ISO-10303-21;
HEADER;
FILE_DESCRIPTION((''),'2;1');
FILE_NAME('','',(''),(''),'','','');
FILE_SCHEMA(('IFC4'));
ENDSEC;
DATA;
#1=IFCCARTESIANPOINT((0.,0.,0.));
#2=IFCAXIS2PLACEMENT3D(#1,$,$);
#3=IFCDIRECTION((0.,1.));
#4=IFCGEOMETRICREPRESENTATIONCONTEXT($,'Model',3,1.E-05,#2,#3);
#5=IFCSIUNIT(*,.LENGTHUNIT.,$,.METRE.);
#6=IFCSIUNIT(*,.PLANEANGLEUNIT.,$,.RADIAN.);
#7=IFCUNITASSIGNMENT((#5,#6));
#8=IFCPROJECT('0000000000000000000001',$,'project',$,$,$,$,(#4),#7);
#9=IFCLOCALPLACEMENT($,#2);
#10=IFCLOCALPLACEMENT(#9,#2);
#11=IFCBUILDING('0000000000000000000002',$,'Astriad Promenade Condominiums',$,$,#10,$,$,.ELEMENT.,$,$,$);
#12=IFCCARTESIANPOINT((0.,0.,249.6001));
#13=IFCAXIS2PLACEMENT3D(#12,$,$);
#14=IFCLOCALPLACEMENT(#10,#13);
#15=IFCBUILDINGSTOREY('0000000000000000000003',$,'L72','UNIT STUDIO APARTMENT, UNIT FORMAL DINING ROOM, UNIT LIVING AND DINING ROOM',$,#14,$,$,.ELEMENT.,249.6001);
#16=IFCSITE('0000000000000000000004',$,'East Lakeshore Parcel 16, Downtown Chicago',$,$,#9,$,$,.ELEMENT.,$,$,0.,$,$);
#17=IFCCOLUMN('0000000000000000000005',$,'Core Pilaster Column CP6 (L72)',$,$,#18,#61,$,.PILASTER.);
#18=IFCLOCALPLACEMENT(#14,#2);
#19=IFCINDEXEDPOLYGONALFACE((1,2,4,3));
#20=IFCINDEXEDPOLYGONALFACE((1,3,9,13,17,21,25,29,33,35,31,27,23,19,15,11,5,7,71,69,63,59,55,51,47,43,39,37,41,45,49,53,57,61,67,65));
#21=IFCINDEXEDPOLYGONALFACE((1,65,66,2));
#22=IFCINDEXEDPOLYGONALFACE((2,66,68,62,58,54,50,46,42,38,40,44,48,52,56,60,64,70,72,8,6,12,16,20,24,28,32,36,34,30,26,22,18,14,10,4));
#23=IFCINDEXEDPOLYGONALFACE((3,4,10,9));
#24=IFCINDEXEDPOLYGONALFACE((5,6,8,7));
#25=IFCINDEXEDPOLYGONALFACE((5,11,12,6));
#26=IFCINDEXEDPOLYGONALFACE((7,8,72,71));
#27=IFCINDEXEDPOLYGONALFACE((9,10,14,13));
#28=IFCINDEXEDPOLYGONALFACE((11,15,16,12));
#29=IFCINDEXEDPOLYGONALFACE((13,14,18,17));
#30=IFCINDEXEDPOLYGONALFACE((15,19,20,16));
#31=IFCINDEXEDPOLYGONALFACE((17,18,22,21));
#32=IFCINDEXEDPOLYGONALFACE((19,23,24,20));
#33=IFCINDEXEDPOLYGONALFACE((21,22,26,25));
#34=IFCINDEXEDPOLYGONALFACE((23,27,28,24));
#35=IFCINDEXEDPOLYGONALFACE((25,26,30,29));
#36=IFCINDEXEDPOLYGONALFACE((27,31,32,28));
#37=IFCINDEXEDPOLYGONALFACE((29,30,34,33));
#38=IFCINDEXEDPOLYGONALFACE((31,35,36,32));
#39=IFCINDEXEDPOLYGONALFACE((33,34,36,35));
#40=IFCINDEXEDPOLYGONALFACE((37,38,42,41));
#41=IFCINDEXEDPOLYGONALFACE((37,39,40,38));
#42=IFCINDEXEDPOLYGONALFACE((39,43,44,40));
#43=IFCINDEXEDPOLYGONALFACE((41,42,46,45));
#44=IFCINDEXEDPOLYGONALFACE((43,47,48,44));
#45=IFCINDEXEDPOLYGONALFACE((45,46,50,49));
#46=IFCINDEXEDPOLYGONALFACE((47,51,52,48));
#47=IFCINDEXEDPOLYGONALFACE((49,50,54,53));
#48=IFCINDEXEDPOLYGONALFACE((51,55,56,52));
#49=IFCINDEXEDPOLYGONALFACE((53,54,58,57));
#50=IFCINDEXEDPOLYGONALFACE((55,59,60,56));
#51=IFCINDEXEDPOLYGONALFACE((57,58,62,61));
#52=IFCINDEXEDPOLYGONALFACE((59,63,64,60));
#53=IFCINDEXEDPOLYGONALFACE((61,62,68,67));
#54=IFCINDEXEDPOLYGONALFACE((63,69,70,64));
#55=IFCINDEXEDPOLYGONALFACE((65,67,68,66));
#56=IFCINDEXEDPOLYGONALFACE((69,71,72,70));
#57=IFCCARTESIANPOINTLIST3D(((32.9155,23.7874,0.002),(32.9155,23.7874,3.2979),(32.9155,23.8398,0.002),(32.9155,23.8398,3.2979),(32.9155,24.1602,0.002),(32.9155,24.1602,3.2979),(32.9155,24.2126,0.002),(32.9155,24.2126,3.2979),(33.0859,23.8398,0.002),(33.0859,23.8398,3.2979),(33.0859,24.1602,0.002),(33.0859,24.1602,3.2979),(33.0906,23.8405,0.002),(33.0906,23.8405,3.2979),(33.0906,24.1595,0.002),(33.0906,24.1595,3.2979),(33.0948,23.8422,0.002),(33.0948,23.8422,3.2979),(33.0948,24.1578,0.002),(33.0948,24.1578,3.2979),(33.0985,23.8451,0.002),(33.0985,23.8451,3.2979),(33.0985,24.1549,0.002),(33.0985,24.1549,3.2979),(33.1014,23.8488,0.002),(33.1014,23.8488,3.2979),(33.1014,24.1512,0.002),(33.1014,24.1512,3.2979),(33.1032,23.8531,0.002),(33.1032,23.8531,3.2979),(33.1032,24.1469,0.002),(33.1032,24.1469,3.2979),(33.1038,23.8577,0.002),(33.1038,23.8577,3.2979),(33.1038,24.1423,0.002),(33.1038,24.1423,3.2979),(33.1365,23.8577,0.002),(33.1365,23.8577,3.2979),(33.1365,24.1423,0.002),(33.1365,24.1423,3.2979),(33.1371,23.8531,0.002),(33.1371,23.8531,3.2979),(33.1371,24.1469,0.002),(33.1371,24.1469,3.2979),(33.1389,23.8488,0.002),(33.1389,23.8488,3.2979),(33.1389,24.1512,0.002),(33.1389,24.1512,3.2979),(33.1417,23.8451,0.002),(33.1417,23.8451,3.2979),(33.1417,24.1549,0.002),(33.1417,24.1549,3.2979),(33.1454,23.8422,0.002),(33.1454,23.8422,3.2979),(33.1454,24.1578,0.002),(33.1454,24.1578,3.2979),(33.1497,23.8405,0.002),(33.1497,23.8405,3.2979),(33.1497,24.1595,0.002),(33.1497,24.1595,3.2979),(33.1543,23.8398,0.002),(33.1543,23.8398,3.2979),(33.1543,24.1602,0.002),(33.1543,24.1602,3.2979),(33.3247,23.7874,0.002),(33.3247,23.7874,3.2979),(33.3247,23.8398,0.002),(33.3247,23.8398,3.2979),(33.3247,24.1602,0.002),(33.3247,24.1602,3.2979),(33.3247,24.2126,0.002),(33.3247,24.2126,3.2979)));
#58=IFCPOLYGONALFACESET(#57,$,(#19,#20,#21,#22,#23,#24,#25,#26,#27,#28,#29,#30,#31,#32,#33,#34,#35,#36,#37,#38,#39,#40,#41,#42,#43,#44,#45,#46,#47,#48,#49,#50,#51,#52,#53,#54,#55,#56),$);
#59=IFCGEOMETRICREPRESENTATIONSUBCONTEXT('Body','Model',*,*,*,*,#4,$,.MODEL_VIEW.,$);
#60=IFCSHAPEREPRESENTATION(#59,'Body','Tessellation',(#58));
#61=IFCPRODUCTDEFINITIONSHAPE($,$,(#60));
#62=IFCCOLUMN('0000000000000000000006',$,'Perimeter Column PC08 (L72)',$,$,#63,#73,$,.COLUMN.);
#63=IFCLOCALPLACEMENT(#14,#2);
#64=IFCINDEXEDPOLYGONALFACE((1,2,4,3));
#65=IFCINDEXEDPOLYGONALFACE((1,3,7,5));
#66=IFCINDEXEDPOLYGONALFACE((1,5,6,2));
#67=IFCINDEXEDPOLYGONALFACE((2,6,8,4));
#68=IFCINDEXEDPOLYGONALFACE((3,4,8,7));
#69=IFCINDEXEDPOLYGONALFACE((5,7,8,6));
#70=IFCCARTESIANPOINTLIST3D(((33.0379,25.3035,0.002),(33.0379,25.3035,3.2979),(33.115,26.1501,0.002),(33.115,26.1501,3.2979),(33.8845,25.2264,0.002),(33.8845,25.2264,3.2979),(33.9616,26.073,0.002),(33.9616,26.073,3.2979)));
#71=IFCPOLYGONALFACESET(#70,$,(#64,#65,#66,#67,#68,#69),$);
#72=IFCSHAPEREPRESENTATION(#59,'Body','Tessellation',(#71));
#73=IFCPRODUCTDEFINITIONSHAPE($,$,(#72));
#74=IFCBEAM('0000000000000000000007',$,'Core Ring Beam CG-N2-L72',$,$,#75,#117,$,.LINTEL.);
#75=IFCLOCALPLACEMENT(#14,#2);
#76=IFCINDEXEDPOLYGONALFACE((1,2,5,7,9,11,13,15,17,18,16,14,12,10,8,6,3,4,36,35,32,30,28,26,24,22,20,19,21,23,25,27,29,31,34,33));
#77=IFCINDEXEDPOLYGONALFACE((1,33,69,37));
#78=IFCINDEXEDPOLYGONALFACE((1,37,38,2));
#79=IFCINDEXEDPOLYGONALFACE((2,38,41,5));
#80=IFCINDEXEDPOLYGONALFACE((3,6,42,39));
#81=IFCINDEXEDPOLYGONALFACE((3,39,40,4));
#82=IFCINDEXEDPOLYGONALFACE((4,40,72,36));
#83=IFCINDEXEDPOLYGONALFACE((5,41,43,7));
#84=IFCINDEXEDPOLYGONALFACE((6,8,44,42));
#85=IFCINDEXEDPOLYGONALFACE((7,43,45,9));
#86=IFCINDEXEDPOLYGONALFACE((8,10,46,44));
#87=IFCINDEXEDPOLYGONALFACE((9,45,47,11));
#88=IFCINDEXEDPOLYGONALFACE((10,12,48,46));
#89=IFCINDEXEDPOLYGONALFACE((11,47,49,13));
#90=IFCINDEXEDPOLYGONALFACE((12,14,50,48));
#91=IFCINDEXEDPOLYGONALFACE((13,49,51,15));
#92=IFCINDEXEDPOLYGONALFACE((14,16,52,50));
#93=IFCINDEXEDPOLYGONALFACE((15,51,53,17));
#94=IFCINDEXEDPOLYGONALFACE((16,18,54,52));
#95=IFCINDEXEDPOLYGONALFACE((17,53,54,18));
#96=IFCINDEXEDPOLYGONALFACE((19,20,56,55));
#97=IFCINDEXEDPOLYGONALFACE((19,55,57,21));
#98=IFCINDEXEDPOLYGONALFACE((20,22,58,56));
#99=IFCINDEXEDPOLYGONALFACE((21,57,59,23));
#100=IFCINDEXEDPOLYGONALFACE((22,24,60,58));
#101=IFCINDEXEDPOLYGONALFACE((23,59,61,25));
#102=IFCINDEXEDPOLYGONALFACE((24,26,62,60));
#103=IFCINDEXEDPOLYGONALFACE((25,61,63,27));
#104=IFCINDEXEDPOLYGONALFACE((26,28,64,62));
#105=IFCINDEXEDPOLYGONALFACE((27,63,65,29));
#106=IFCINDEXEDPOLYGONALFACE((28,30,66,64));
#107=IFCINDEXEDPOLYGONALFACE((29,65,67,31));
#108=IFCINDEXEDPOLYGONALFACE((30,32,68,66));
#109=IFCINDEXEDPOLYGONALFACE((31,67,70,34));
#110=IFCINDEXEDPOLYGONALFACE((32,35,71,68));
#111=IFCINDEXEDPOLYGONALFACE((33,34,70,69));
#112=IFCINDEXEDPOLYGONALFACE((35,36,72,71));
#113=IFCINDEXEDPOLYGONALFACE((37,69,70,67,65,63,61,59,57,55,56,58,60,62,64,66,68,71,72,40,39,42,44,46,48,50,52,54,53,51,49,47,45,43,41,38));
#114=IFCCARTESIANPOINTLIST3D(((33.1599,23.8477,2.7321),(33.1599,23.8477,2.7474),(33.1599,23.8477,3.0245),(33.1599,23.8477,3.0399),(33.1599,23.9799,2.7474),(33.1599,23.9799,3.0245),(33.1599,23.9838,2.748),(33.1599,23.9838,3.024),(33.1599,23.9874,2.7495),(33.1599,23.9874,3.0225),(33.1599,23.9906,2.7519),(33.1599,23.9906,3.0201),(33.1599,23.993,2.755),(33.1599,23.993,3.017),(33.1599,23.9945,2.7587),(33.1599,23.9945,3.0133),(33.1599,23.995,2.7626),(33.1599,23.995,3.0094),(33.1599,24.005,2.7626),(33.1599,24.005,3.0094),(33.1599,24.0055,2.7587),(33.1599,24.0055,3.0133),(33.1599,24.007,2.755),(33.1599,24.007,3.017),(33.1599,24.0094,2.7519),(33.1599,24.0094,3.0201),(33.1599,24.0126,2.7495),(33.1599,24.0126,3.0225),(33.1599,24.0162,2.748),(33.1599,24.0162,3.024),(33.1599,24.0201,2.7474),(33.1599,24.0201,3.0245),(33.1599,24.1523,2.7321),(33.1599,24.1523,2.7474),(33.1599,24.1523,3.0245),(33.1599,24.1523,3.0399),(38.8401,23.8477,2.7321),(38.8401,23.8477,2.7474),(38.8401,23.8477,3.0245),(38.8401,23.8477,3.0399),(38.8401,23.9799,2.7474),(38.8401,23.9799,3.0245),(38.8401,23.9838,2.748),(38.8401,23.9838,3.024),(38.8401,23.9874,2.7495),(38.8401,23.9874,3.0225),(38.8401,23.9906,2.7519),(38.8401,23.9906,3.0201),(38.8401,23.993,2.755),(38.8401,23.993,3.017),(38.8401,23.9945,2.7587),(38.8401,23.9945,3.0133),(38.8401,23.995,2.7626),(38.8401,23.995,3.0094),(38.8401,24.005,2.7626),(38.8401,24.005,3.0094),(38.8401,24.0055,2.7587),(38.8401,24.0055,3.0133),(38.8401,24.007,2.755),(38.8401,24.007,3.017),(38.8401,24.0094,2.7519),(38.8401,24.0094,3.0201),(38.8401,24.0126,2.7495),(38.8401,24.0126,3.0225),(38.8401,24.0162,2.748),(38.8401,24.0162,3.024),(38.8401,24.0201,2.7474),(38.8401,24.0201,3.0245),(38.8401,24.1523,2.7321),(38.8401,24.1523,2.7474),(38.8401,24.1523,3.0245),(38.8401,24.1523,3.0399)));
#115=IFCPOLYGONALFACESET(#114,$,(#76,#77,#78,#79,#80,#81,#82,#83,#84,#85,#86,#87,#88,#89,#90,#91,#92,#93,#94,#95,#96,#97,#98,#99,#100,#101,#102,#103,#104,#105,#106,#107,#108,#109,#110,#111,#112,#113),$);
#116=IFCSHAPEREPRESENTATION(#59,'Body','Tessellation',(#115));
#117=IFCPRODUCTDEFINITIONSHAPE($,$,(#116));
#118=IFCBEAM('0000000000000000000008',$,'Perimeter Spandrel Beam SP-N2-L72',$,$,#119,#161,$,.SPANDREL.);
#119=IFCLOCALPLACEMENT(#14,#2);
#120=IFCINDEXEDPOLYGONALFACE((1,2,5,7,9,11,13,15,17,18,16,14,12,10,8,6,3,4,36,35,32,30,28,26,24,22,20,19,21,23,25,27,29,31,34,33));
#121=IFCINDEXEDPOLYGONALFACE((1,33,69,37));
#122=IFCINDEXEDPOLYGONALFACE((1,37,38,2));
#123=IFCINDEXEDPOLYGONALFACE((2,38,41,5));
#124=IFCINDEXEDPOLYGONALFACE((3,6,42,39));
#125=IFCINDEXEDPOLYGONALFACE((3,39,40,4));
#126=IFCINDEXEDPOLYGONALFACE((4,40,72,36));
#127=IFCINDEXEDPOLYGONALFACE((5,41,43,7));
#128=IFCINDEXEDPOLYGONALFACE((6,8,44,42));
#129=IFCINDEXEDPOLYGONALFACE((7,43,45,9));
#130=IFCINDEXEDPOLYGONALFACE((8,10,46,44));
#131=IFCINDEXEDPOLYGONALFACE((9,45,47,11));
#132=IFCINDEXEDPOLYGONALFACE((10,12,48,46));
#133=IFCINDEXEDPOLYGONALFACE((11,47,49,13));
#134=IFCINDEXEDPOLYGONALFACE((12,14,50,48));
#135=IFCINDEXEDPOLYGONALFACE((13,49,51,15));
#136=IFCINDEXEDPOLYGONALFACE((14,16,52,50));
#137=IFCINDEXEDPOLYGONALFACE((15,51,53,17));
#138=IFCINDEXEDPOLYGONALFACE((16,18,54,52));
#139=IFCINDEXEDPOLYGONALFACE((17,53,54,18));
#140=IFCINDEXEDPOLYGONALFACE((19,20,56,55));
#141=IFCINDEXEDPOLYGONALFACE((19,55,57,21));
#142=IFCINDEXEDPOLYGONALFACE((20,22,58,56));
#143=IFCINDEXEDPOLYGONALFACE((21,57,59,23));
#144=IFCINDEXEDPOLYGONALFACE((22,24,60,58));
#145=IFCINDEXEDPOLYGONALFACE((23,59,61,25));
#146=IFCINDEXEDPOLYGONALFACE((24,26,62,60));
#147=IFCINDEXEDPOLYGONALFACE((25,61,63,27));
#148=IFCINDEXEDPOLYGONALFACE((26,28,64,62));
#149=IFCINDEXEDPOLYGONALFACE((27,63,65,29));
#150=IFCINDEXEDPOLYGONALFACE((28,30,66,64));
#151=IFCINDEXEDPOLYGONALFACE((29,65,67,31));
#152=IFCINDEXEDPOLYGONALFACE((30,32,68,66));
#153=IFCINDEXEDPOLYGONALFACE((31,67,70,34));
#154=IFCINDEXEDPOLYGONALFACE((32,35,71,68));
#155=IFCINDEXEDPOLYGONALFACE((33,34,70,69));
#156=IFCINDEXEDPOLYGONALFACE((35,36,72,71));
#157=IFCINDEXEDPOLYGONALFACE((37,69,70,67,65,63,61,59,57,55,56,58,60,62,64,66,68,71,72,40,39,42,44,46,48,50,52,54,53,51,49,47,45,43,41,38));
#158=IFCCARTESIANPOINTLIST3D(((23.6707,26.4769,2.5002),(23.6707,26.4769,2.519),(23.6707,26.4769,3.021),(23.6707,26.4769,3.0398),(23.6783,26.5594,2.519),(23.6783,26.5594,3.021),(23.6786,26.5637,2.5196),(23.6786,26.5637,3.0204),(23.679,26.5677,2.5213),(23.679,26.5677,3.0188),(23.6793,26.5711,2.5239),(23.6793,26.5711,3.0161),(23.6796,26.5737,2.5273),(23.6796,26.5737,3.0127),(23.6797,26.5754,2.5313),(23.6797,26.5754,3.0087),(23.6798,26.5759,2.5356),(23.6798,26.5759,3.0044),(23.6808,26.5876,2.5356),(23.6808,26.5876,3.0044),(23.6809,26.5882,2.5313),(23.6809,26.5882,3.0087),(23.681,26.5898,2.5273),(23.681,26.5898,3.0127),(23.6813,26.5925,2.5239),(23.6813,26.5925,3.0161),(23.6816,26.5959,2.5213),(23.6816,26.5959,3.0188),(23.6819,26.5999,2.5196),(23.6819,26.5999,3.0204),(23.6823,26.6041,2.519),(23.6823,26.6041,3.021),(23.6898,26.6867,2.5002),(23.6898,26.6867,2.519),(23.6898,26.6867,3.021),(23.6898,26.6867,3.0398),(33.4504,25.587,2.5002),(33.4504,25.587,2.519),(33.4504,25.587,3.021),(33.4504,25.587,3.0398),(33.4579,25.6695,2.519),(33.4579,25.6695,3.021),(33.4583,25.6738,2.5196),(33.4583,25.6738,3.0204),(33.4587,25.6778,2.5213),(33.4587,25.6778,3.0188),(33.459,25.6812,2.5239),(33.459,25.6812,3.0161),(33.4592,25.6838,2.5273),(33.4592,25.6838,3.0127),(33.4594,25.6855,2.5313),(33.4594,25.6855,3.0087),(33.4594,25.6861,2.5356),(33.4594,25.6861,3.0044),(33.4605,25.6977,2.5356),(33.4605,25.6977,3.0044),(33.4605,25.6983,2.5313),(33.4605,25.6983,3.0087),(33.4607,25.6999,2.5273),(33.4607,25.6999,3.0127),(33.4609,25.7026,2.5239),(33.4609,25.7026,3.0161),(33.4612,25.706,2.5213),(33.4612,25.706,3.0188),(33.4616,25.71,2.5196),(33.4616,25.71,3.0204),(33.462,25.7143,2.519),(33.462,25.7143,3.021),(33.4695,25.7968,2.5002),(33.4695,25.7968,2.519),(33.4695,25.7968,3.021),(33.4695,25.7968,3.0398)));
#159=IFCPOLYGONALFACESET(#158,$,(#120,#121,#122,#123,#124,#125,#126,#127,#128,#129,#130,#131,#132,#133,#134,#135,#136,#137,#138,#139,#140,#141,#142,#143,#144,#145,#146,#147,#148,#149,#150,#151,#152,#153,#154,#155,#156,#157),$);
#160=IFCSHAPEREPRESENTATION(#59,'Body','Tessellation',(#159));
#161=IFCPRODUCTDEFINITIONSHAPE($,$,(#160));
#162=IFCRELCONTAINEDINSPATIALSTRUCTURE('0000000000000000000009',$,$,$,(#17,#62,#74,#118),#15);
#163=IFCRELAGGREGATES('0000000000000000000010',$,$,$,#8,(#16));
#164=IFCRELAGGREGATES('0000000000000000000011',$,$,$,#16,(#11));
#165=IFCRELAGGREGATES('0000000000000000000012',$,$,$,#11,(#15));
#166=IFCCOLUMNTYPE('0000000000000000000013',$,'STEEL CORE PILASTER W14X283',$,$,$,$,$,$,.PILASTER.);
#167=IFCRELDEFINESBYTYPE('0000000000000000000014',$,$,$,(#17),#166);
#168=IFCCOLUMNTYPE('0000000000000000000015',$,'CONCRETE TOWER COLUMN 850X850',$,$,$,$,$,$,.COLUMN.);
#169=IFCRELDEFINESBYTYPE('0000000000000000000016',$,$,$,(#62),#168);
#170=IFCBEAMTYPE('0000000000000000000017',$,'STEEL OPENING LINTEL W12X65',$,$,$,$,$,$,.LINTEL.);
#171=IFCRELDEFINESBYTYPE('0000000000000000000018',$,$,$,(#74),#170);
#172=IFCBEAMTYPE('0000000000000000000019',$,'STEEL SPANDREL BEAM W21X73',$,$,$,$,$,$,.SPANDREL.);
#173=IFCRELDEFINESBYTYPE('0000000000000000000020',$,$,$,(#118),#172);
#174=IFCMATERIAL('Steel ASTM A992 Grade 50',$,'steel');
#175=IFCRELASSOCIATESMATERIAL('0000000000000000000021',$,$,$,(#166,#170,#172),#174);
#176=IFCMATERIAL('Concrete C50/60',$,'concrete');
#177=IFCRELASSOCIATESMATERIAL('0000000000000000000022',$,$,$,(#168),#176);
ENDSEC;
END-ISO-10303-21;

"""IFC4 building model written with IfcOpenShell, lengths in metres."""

from ifc_helpers import new_model, si_unit, direction, frame, origin, origin_2d, place, context, subcontext, project, spatial, rectangle, i_section, extrude, source, transform, mapped, material, material_profile, profile_set, type_object, type_shapes, element, save


model = new_model("IFC4")

# Units and contexts
model_context = context("Model", 3, precision=1e-05, world=origin(), true_north=direction((0.0, 1.0)))
body_context = subcontext(model_context, "Body", "Model", "MODEL_VIEW")
ifc_project = project(units=[si_unit("LENGTHUNIT", "METRE"), si_unit("PLANEANGLEUNIT", "RADIAN")], contexts=[model_context])

# Site, building, storey
site_placement = place(None, origin())
site = spatial("IfcSite", under=ifc_project, at=site_placement, Name="East Lakeshore Parcel 16, Downtown Chicago", CompositionType="ELEMENT", RefElevation=0.0)
building_placement = place(site_placement, origin())
building = spatial("IfcBuilding", under=site, at=building_placement, Name="Astriad Promenade Condominiums", CompositionType="ELEMENT")
storey_placement = place(building_placement, frame((0.0, 0.0, 249.6001)))
storey = spatial("IfcBuildingStorey", under=building, at=storey_placement, Name="L72", Description="UNIT STUDIO APARTMENT, UNIT FORMAL DINING ROOM, UNIT LIVING AND DINING ROOM", CompositionType="ELEMENT", Elevation=249.6001)

# Columns
ifc_material_1 = material(Name="Steel ASTM A992 Grade 50", Category="steel")
ifc_material_profile_1 = material_profile(ifc_material_1, i_section(OverallWidth=0.4092, OverallDepth=0.4253, WebThickness=0.0327, FlangeThickness=0.0525, FilletRadius=0.0178, at=origin_2d()), Name="W14X283")
ifc_profile_set_1 = profile_set([ifc_material_profile_1], Name="Steel ASTM A992 Grade 50")
column_type_1 = type_object("IfcColumnType", Name="STEEL CORE PILASTER W14X283", PredefinedType="PILASTER", material=ifc_profile_set_1)
shared_shape_1 = source(origin(), body_context, "Body", "SweptSolid", [
    extrude(i_section(OverallWidth=0.4092, OverallDepth=0.4253, WebThickness=0.0327, FlangeThickness=0.0525, FilletRadius=0.0178, at=origin_2d()), origin(), (0.0, 0.0, 1.0), 3.2959),
])
type_shapes(column_type_1, [shared_shape_1])
column_1_placement = place(storey_placement, frame((33.1201, 24.0, 0.002), z_axis=(0.0, 0.0, 1.0), x_axis=(1.0, 0.0, 0.0)))
element("IfcColumn", 1, at=column_1_placement, inside=storey, type_object=column_type_1, Name="Core Pilaster Column CP6 (L72)", PredefinedType="PILASTER", context=body_context, shape_type="MappedRepresentation", body=[
    mapped(shared_shape_1, transform((0.0, 0.0, 0.0), scale=1.0)),
])
ifc_material_2 = material(Name="Concrete C50/60", Category="concrete")
ifc_material_profile_2 = material_profile(ifc_material_2, rectangle(XDim=0.8501, YDim=0.8501, at=origin_2d()), Name="RC-COL-850X850")
ifc_profile_set_2 = profile_set([ifc_material_profile_2], Name="Concrete C50/60")
column_type_2 = type_object("IfcColumnType", Name="CONCRETE TOWER COLUMN 850X850", PredefinedType="COLUMN", material=ifc_profile_set_2)
shared_shape_2 = source(origin(), body_context, "Body", "SweptSolid", [
    extrude(rectangle(XDim=0.8501, YDim=0.8501, at=origin_2d()), origin(), (0.0, 0.0, 1.0), 3.2959),
])
type_shapes(column_type_2, [shared_shape_2])
column_2_placement = place(storey_placement, frame((33.4998, 25.6882, 0.002), z_axis=(0.0, 0.0, 1.0), x_axis=(0.995884, -0.090633, 0.0)))
element("IfcColumn", 2, at=column_2_placement, inside=storey, type_object=column_type_2, Name="Perimeter Column PC08 (L72)", PredefinedType="COLUMN", context=body_context, shape_type="MappedRepresentation", body=[
    mapped(shared_shape_2, transform((0.0, 0.0, 0.0), scale=1.0)),
])

# Beams
ifc_material_profile_3 = material_profile(ifc_material_1, i_section(OverallWidth=0.3047, OverallDepth=0.3079, WebThickness=0.01, FlangeThickness=0.0154, FilletRadius=0.0151, at=origin_2d()), Name="W12X65")
ifc_profile_set_3 = profile_set([ifc_material_profile_3], Name="Steel ASTM A992 Grade 50")
beam_type_1 = type_object("IfcBeamType", Name="STEEL OPENING LINTEL W12X65", PredefinedType="LINTEL", material=ifc_profile_set_3)
shared_shape_3 = source(origin(), body_context, "Body", "SweptSolid", [
    extrude(i_section(OverallWidth=0.3047, OverallDepth=0.3079, WebThickness=0.01, FlangeThickness=0.0154, FilletRadius=0.0151, at=origin_2d()), origin(), (0.0, 0.0, 1.0), 5.6802),
])
type_shapes(beam_type_1, [shared_shape_3])
beam_1_placement = place(storey_placement, frame((33.1599, 24.0, 2.886), z_axis=(1.0, 0.0, 0.0), x_axis=(0.0, 1.0, 0.0)))
element("IfcBeam", 3, at=beam_1_placement, inside=storey, type_object=beam_type_1, Name="Core Ring Beam CG-N2-L72", PredefinedType="LINTEL", context=body_context, shape_type="MappedRepresentation", body=[
    mapped(shared_shape_3, transform((0.0, 0.0, 0.0), scale=1.0)),
])
ifc_material_profile_4 = material_profile(ifc_material_1, i_section(OverallWidth=0.2107, OverallDepth=0.5396, WebThickness=0.0117, FlangeThickness=0.0188, FilletRadius=0.0166, at=origin_2d()), Name="W21X73")
ifc_profile_set_4 = profile_set([ifc_material_profile_4], Name="Steel ASTM A992 Grade 50")
beam_type_2 = type_object("IfcBeamType", Name="STEEL SPANDREL BEAM W21X73", PredefinedType="SPANDREL", material=ifc_profile_set_4)
shared_shape_4 = source(origin(), body_context, "Body", "SweptSolid", [
    extrude(i_section(OverallWidth=0.2107, OverallDepth=0.5396, WebThickness=0.0117, FlangeThickness=0.0188, FilletRadius=0.0166, at=origin_2d()), origin(), (0.0, 0.0, 1.0), 9.8201),
])
type_shapes(beam_type_2, [shared_shape_4])
beam_2_placement = place(storey_placement, frame((33.46, 25.6919, 2.77), z_axis=(-0.995886, 0.090619, 0.0), x_axis=(-0.090619, -0.995886, 0.0)))
element("IfcBeam", 4, at=beam_2_placement, inside=storey, type_object=beam_type_2, Name="Perimeter Spandrel Beam SP-N2-L72", PredefinedType="SPANDREL", context=body_context, shape_type="MappedRepresentation", body=[
    mapped(shared_shape_4, transform((0.0, 0.0, 0.0), scale=1.0)),
])

save(model, "model.ifc")
